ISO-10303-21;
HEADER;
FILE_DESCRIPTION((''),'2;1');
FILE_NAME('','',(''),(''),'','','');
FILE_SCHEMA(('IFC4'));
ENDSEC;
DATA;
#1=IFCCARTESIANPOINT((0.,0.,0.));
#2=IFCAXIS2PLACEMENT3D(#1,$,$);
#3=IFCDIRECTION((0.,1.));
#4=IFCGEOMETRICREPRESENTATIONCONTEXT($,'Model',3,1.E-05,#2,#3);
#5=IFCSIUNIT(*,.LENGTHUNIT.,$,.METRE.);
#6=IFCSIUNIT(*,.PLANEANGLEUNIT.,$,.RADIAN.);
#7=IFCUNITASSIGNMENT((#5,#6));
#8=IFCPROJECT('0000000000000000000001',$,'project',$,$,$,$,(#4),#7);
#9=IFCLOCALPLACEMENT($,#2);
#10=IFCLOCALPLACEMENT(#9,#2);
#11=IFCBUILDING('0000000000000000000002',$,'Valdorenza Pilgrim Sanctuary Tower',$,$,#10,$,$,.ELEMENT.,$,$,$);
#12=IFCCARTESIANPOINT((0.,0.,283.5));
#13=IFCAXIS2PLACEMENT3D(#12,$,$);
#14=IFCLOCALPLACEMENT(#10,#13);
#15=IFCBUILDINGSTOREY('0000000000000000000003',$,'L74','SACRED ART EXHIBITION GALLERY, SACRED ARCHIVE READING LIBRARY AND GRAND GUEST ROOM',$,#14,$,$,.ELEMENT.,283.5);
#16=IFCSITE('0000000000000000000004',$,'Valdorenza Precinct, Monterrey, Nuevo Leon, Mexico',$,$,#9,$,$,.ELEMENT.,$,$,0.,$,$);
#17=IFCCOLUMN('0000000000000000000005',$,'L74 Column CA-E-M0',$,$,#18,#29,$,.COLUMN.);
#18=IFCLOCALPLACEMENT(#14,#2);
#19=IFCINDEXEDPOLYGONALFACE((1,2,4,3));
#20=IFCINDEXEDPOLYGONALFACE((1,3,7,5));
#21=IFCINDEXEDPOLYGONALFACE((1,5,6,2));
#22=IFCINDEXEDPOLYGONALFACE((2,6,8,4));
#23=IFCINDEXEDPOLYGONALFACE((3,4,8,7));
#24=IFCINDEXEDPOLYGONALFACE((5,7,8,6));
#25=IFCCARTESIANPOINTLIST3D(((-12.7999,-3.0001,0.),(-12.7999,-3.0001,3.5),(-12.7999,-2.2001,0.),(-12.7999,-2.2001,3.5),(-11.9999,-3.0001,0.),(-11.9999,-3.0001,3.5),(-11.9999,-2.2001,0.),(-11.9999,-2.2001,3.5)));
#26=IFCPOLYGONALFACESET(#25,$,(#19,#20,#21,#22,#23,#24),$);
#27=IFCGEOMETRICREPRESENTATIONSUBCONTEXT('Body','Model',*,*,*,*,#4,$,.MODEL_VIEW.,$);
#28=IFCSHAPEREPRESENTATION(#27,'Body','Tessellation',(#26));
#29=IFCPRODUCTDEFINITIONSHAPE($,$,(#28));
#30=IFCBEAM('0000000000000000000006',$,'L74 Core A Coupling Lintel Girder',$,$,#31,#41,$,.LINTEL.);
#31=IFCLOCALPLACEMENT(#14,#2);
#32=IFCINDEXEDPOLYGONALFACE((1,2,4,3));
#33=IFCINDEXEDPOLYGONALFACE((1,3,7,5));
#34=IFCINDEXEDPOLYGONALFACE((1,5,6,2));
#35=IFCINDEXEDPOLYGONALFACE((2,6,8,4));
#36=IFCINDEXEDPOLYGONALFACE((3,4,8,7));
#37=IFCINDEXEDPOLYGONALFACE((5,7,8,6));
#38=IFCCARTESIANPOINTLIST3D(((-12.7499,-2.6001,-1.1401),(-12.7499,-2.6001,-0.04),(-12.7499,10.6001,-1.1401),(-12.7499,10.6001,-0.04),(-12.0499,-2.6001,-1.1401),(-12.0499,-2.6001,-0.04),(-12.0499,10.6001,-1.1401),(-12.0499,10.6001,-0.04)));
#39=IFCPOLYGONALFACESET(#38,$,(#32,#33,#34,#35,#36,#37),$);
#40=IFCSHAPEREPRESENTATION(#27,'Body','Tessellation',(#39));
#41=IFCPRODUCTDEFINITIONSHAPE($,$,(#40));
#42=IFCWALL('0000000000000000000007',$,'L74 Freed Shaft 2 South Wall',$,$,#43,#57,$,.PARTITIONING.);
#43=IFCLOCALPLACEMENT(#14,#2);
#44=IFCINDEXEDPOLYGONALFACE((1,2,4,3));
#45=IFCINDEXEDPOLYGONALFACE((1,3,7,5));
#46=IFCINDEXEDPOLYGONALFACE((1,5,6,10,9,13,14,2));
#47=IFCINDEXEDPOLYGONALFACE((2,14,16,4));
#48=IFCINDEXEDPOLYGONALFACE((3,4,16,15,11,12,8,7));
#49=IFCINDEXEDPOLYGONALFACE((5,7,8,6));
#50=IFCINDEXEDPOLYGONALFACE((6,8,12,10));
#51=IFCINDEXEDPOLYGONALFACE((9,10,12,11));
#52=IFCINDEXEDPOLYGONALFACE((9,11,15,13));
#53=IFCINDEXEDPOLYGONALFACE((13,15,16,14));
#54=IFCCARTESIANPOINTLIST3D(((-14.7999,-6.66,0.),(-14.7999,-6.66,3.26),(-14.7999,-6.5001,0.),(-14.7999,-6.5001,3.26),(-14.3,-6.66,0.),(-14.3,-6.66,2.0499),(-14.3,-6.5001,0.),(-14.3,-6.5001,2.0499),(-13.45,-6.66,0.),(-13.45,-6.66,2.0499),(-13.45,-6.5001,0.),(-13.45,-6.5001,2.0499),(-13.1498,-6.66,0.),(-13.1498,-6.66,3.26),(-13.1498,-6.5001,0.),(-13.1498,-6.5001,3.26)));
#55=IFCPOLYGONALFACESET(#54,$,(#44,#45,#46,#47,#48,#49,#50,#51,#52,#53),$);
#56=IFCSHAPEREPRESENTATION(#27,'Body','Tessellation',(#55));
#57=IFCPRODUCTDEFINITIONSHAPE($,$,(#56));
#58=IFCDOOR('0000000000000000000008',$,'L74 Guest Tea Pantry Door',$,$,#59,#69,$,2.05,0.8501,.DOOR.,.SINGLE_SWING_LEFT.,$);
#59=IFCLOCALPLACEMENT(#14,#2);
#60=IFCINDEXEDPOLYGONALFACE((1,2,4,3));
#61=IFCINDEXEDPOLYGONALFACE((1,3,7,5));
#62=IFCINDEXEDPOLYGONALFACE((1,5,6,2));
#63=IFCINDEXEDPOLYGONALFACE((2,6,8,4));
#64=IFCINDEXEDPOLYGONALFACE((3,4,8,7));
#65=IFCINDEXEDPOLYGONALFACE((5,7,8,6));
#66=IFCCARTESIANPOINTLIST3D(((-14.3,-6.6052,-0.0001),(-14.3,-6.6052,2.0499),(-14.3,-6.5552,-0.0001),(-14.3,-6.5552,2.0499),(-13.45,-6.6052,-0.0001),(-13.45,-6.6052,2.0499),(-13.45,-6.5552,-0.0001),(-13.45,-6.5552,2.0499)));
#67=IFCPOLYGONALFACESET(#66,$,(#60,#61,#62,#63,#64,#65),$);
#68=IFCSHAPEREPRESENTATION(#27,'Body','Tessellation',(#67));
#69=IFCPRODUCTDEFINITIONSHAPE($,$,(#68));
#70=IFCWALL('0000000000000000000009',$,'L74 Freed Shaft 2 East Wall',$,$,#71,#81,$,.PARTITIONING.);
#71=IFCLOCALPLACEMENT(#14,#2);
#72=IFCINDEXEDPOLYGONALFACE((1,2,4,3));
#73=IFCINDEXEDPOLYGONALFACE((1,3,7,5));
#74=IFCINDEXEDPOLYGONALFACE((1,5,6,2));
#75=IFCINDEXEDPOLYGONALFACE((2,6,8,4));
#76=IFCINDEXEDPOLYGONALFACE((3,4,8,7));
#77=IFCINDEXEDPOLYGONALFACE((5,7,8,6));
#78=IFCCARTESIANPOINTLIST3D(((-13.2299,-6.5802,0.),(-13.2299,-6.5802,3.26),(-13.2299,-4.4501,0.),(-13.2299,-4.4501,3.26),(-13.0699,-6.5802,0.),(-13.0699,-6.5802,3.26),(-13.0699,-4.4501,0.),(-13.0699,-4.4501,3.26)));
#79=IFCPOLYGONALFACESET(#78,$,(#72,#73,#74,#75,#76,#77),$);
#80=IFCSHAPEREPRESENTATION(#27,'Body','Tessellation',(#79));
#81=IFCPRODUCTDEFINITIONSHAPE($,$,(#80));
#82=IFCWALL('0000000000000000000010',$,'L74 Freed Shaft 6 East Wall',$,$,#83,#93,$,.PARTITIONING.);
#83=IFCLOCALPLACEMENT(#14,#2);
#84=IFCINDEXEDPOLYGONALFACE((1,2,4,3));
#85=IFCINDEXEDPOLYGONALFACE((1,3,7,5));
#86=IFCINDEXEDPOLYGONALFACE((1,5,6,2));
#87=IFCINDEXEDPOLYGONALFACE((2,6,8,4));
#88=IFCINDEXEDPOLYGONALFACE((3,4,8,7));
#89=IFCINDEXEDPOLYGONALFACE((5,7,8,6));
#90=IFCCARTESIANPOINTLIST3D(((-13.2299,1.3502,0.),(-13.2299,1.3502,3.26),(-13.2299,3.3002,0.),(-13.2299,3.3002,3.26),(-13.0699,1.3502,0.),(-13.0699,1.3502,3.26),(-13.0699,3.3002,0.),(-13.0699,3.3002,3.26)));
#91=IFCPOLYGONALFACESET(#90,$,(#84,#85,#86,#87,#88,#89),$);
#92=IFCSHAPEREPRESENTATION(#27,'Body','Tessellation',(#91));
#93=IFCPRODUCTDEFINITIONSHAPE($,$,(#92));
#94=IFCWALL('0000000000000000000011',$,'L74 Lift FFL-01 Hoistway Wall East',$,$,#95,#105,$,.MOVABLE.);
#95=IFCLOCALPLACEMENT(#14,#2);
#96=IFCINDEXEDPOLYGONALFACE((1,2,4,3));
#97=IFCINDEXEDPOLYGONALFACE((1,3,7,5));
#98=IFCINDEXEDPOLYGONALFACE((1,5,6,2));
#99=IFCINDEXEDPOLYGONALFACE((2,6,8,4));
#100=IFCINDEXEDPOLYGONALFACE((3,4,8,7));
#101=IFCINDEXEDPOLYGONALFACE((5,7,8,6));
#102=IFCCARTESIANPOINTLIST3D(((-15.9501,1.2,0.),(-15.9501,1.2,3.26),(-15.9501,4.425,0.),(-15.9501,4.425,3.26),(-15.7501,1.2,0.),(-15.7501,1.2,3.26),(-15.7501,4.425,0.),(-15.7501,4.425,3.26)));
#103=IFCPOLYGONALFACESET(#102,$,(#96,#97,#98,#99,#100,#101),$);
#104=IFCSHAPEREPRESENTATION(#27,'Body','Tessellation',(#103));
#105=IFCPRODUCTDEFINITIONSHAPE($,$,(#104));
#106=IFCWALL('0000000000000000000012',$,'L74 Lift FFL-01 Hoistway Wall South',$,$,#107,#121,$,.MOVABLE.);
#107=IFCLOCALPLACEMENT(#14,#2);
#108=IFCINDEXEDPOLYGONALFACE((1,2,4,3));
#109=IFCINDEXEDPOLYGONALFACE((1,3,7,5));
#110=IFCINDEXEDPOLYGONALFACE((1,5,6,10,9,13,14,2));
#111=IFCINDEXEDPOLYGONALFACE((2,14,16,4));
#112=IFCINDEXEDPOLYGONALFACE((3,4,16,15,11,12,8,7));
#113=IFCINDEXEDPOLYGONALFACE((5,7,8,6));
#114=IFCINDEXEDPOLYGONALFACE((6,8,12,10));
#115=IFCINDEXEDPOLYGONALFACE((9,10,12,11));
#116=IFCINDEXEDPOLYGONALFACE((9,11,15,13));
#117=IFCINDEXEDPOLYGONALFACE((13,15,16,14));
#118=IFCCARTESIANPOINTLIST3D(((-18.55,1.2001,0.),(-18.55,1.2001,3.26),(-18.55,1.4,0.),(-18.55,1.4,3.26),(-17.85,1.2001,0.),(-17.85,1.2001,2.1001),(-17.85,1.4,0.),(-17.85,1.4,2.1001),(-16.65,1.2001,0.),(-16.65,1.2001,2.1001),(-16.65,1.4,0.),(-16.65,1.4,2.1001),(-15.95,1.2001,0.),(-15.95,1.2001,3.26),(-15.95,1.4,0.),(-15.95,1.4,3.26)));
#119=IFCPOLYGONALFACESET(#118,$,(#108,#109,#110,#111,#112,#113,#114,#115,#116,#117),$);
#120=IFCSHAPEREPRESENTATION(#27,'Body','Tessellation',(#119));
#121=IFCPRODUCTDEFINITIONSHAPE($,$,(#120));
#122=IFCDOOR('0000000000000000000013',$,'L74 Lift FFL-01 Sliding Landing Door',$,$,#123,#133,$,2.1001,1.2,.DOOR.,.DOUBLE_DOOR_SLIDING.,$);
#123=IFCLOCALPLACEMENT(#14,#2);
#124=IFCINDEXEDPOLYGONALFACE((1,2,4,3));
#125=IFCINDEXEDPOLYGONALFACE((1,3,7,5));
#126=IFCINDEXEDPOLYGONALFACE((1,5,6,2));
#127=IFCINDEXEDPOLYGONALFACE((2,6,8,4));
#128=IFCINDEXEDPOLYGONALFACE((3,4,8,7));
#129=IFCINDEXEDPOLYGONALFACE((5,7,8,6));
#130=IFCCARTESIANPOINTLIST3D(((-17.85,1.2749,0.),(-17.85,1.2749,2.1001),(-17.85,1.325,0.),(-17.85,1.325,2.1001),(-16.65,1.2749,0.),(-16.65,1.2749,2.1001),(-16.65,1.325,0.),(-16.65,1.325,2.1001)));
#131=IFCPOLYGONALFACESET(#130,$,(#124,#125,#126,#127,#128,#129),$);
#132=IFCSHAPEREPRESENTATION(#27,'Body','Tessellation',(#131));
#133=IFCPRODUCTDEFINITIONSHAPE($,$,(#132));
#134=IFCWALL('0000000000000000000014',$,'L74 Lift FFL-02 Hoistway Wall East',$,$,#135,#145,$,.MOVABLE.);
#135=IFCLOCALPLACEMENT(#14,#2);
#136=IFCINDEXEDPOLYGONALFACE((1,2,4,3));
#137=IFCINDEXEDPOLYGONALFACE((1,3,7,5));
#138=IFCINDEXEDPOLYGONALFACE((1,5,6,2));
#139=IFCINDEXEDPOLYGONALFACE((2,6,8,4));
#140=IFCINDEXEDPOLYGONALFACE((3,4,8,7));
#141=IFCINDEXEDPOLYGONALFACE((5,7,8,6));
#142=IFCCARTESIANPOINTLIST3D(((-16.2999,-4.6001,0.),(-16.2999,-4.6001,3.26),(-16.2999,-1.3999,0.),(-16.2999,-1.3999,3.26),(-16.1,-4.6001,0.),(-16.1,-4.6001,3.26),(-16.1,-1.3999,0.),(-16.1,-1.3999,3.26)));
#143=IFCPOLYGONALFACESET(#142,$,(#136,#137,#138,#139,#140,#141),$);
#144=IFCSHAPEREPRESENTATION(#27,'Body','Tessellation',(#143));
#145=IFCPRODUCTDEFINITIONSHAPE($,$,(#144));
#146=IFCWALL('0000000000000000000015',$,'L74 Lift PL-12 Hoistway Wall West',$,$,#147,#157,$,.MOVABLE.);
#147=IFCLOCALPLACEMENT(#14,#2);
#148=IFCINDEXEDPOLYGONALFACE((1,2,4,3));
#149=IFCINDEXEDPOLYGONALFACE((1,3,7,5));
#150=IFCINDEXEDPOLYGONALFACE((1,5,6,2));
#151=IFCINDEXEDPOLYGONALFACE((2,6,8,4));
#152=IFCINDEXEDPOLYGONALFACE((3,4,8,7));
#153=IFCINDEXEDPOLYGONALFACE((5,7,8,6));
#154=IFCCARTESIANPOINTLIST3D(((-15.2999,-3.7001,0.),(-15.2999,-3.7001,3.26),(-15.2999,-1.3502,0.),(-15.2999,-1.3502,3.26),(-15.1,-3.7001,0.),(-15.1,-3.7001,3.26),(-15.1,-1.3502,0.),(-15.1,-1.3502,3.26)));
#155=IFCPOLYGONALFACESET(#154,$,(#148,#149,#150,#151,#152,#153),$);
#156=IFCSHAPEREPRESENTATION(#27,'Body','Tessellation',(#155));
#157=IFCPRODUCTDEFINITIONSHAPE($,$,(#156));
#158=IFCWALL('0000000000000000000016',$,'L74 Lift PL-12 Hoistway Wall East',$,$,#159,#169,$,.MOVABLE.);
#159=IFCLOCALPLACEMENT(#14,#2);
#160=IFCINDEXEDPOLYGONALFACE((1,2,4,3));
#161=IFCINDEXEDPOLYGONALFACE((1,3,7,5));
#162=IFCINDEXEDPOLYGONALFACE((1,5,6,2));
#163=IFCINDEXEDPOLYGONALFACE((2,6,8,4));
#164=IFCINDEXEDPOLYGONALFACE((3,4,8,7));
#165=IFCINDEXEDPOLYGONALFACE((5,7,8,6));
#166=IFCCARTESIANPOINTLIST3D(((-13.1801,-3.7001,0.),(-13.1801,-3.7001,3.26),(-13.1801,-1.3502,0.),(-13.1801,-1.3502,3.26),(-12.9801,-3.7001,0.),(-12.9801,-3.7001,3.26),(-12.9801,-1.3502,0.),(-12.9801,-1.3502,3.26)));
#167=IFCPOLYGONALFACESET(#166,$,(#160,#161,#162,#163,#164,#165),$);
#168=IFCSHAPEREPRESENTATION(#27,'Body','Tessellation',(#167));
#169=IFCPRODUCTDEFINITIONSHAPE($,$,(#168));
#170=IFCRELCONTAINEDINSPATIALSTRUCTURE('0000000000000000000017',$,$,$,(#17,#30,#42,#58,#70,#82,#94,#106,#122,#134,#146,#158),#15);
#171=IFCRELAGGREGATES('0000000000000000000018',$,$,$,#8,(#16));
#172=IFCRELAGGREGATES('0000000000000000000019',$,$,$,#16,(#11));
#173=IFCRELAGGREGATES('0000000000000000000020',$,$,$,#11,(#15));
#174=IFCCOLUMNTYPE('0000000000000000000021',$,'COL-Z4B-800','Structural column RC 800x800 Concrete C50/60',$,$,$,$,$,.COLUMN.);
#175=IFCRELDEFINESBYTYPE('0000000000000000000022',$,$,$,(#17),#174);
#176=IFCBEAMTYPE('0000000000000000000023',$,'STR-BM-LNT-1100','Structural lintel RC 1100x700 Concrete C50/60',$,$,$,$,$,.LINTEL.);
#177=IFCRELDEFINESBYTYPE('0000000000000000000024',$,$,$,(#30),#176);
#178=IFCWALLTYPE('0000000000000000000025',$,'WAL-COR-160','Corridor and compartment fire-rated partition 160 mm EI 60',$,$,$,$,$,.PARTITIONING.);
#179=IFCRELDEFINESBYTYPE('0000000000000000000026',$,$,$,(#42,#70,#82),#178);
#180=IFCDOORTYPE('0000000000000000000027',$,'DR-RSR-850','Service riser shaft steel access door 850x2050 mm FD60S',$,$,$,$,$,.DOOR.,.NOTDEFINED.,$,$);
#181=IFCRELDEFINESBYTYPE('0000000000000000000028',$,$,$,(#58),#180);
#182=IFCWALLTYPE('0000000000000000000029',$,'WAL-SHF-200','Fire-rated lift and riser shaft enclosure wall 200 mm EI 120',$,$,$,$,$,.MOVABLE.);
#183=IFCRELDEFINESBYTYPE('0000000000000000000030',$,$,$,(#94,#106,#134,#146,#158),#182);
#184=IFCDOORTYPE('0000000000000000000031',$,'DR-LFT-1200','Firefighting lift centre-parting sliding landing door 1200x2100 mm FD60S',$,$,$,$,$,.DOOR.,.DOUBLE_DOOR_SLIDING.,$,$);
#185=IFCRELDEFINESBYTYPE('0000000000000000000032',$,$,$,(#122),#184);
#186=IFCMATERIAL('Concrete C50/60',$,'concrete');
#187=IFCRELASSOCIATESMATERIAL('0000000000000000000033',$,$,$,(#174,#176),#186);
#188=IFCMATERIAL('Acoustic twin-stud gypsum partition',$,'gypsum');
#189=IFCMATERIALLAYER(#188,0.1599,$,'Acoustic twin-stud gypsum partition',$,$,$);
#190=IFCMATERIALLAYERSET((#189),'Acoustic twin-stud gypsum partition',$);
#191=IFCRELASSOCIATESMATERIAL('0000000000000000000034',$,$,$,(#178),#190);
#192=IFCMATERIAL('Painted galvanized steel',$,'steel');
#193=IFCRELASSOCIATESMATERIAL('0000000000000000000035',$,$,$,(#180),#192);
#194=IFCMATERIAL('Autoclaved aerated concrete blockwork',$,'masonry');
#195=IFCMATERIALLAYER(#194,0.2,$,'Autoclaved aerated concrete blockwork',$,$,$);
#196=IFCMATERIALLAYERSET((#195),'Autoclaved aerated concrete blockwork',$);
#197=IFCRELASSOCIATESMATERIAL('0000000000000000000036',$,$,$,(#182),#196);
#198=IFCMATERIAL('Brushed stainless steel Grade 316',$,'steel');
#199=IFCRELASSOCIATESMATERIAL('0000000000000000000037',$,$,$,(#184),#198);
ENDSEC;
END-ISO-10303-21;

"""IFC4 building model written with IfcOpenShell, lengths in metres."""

from ifc_helpers import new_model, si_unit, direction, frame, frame_2d, origin, origin_2d, place, context, subcontext, project, spatial, rectangle, extrude, source, transform, mapped, material, layer, layer_set, material_profile, profile_set, type_object, element, fill, save


model = new_model("IFC4")

# Units and contexts
model_context = context("Model", 3, precision=1e-05, world=origin(), true_north=direction((0.0, 1.0)))
body_context = subcontext(model_context, "Body", "Model", "MODEL_VIEW")
ifc_project = project(units=[si_unit("LENGTHUNIT", "METRE"), si_unit("PLANEANGLEUNIT", "RADIAN")], contexts=[model_context])

# Site, building, storey
site_placement = place(None, origin())
site = spatial("IfcSite", under=ifc_project, at=site_placement, Name="Valdorenza Precinct, Monterrey, Nuevo Leon, Mexico", CompositionType="ELEMENT", RefElevation=0.0)
building_placement = place(site_placement, origin())
building = spatial("IfcBuilding", under=site, at=building_placement, Name="Valdorenza Pilgrim Sanctuary Tower", CompositionType="ELEMENT")
storey_placement = place(building_placement, frame((0.0, 0.0, 283.5)))
storey = spatial("IfcBuildingStorey", under=building, at=storey_placement, Name="L74", Description="SACRED ART EXHIBITION GALLERY, SACRED ARCHIVE READING LIBRARY AND GRAND GUEST ROOM", CompositionType="ELEMENT", Elevation=283.5)

# Column
ifc_material_1 = material(Name="Concrete C50/60", Category="concrete")
ifc_material_profile_1 = material_profile(ifc_material_1, rectangle(XDim=0.8, YDim=0.8, at=origin_2d()), Name="RC 800x800")
ifc_profile_set_1 = profile_set([ifc_material_profile_1], Name="Concrete C50/60")
column_type = type_object("IfcColumnType", Name="COL-Z4B-800", Description="Structural column RC 800x800 Concrete C50/60", PredefinedType="COLUMN", material=ifc_profile_set_1)
shared_shape_1 = source(origin(), body_context, "Body", "SweptSolid", [
    extrude(rectangle(XDim=0.8, YDim=0.8, at=origin_2d()), origin(), (0.0, 0.0, 1.0), 3.5),
])
column_placement = place(storey_placement, frame((-12.3999, -2.6001, 0.0), z_axis=(0.0, 0.0, 1.0), x_axis=(1.0, 0.0, 0.0)))
element("IfcColumn", 1, at=column_placement, inside=storey, type_object=column_type, Name="L74 Column CA-E-M0", PredefinedType="COLUMN", context=body_context, shape_type="MappedRepresentation", body=[
    mapped(shared_shape_1, transform((0.0, 0.0, 0.0), x_axis=(1.0, 0.0, 0.0), y_axis=(0.0, 1.0, 0.0), z_axis=(0.0, 0.0, 1.0), scale=1.0)),
])

# Beam
ifc_material_profile_2 = material_profile(ifc_material_1, rectangle(XDim=0.7, YDim=1.1001, at=origin_2d()), Name="RC 1100x700")
ifc_profile_set_2 = profile_set([ifc_material_profile_2], Name="Concrete C50/60")
beam_type = type_object("IfcBeamType", Name="STR-BM-LNT-1100", Description="Structural lintel RC 1100x700 Concrete C50/60", PredefinedType="LINTEL", material=ifc_profile_set_2)
shared_shape_2 = source(origin(), body_context, "Body", "SweptSolid", [
    extrude(rectangle(XDim=0.7, YDim=1.1001, at=origin_2d()), origin(), (0.0, 0.0, 1.0), 13.2002),
])
beam_placement = place(storey_placement, frame((-12.3999, -2.6001, -0.5901), z_axis=(0.0, 1.0, 0.0), x_axis=(-1.0, 0.0, 0.0)))
element("IfcBeam", 2, at=beam_placement, inside=storey, type_object=beam_type, Name="L74 Core A Coupling Lintel Girder", PredefinedType="LINTEL", context=body_context, shape_type="MappedRepresentation", body=[
    mapped(shared_shape_2, transform((0.0, 0.0, 0.0), x_axis=(1.0, 0.0, 0.0), y_axis=(0.0, 1.0, 0.0), z_axis=(0.0, 0.0, 1.0), scale=1.0)),
])

# Wall, opening, door
ifc_material_2 = material(Name="Acoustic twin-stud gypsum partition", Category="gypsum")
ifc_layer_1 = layer(ifc_material_2, 0.1599, Name="Acoustic twin-stud gypsum partition")
ifc_layer_set_1 = layer_set([ifc_layer_1], Name="Acoustic twin-stud gypsum partition")
wall_type_1 = type_object("IfcWallType", Name="WAL-COR-160", Description="Corridor and compartment fire-rated partition 160 mm EI 60", PredefinedType="PARTITIONING", material=ifc_layer_set_1)
wall_1_placement = place(storey_placement, frame((-14.8, -6.5801, 0.0), z_axis=(0.0, 0.0, 1.0), x_axis=(1.0, 0.0, 0.0)))
wall_1 = element("IfcWall", 3, at=wall_1_placement, inside=storey, type_object=wall_type_1, Name="L74 Freed Shaft 2 South Wall", PredefinedType="PARTITIONING", context=body_context, shape_type="SweptSolid", body=[
    extrude(rectangle(XDim=1.6501, YDim=0.1599, at=frame_2d((0.8252, 0.0))), origin(), (0.0, 0.0, 1.0), 3.26),
])
opening_1_placement = place(wall_1_placement, frame((0.5, 0.0, 0.0)))
opening_1 = element("IfcOpeningElement", 4, at=opening_1_placement, cuts=wall_1, PredefinedType="OPENING", context=body_context, shape_type="SweptSolid", body=[
    extrude(rectangle(XDim=0.8501, YDim=2.05, at=frame_2d((0.425, 1.0249))), frame((0.0, 0.0947, 0.0), z_axis=(0.0, -1.0, 0.0), x_axis=(1.0, 0.0, 0.0)), (0.0, 0.0, 1.0), 0.1897),
])
ifc_material_3 = material(Name="Painted galvanized steel", Category="steel")
door_type_1 = type_object("IfcDoorType", Name="DR-RSR-850", Description="Service riser shaft steel access door 850x2050 mm FD60S", OperationType="NOTDEFINED", PredefinedType="DOOR", material=ifc_material_3)
door_1_placement = place(opening_1_placement, origin())
door_1 = element("IfcDoor", 5, at=door_1_placement, inside=storey, type_object=door_type_1, Name="L74 Guest Tea Pantry Door", OperationType="SINGLE_SWING_LEFT", OverallHeight=2.05, OverallWidth=0.8501, PredefinedType="DOOR", context=body_context, shape_type="SweptSolid", body=[
    extrude(rectangle(XDim=0.8501, YDim=2.05, at=frame_2d((0.425, 1.0249))), frame((0.0, 0.0249, 0.0), z_axis=(0.0, -1.0, 0.0), x_axis=(1.0, 0.0, 0.0)), (0.0, 0.0, 1.0), 0.05),
])
fill(opening_1, door_1)

# Walls
wall_2_placement = place(storey_placement, frame((-13.1499, -6.5801, 0.0), z_axis=(0.0, 0.0, 1.0), x_axis=(0.0, 1.0, 0.0)))
element("IfcWall", 6, at=wall_2_placement, inside=storey, type_object=wall_type_1, Name="L74 Freed Shaft 2 East Wall", PredefinedType="PARTITIONING", context=body_context, shape_type="SweptSolid", body=[
    extrude(rectangle(XDim=2.1301, YDim=0.1599, at=frame_2d((1.0649, 0.0))), origin(), (0.0, 0.0, 1.0), 3.26),
])
wall_3_placement = place(storey_placement, frame((-13.1499, 1.3501, 0.0), z_axis=(0.0, 0.0, 1.0), x_axis=(0.0, 1.0, 0.0)))
element("IfcWall", 7, at=wall_3_placement, inside=storey, type_object=wall_type_1, Name="L74 Freed Shaft 6 East Wall", PredefinedType="PARTITIONING", context=body_context, shape_type="SweptSolid", body=[
    extrude(rectangle(XDim=1.95, YDim=0.1599, at=frame_2d((0.9751, 0.0))), origin(), (0.0, 0.0, 1.0), 3.26),
])

# Wall
ifc_material_4 = material(Name="Autoclaved aerated concrete blockwork", Category="masonry")
ifc_layer_2 = layer(ifc_material_4, 0.2, Name="Autoclaved aerated concrete blockwork")
ifc_layer_set_2 = layer_set([ifc_layer_2], Name="Autoclaved aerated concrete blockwork")
wall_type_2 = type_object("IfcWallType", Name="WAL-SHF-200", Description="Fire-rated lift and riser shaft enclosure wall 200 mm EI 120", PredefinedType="MOVABLE", material=ifc_layer_set_2)
wall_4_placement = place(storey_placement, frame((-15.8501, 1.2, 0.0), z_axis=(0.0, 0.0, 1.0), x_axis=(0.0, 1.0, 0.0)))
element("IfcWall", 8, at=wall_4_placement, inside=storey, type_object=wall_type_2, Name="L74 Lift FFL-01 Hoistway Wall East", PredefinedType="MOVABLE", context=body_context, shape_type="SweptSolid", body=[
    extrude(rectangle(XDim=3.2251, YDim=0.2, at=frame_2d((1.6125, 0.0))), origin(), (0.0, 0.0, 1.0), 3.26),
])

# Wall, opening, door
wall_5_placement = place(storey_placement, frame((-18.55, 1.3, 0.0), z_axis=(0.0, 0.0, 1.0), x_axis=(1.0, 0.0, 0.0)))
wall_5 = element("IfcWall", 9, at=wall_5_placement, inside=storey, type_object=wall_type_2, Name="L74 Lift FFL-01 Hoistway Wall South", PredefinedType="MOVABLE", context=body_context, shape_type="SweptSolid", body=[
    extrude(rectangle(XDim=2.6001, YDim=0.2, at=frame_2d((1.3, 0.0))), origin(), (0.0, 0.0, 1.0), 3.26),
])
opening_2_placement = place(wall_5_placement, frame((0.7, 0.0, 0.0)))
opening_2 = element("IfcOpeningElement", 10, at=opening_2_placement, cuts=wall_5, PredefinedType="OPENING", context=body_context, shape_type="SweptSolid", body=[
    extrude(rectangle(XDim=1.2, YDim=2.1001, at=frame_2d((0.6001, 1.05))), frame((0.0, 0.1147, 0.0), z_axis=(0.0, -1.0, 0.0), x_axis=(1.0, 0.0, 0.0)), (0.0, 0.0, 1.0), 0.2297),
])
ifc_material_5 = material(Name="Brushed stainless steel Grade 316", Category="steel")
door_type_2 = type_object("IfcDoorType", Name="DR-LFT-1200", Description="Firefighting lift centre-parting sliding landing door 1200x2100 mm FD60S", OperationType="DOUBLE_DOOR_SLIDING", PredefinedType="DOOR", material=ifc_material_5)
door_2_placement = place(opening_2_placement, origin())
door_2 = element("IfcDoor", 11, at=door_2_placement, inside=storey, type_object=door_type_2, Name="L74 Lift FFL-01 Sliding Landing Door", OperationType="DOUBLE_DOOR_SLIDING", OverallHeight=2.1001, OverallWidth=1.2, PredefinedType="DOOR", context=body_context, shape_type="SweptSolid", body=[
    extrude(rectangle(XDim=1.2, YDim=2.1001, at=frame_2d((0.6001, 1.05))), frame((0.0, 0.0249, 0.0), z_axis=(0.0, -1.0, 0.0), x_axis=(1.0, 0.0, 0.0)), (0.0, 0.0, 1.0), 0.05),
])
fill(opening_2, door_2)

# Walls
wall_6_placement = place(storey_placement, frame((-16.2, -4.6001, 0.0), z_axis=(0.0, 0.0, 1.0), x_axis=(0.0, 1.0, 0.0)))
element("IfcWall", 12, at=wall_6_placement, inside=storey, type_object=wall_type_2, Name="L74 Lift FFL-02 Hoistway Wall East", PredefinedType="MOVABLE", context=body_context, shape_type="SweptSolid", body=[
    extrude(rectangle(XDim=3.2002, YDim=0.2, at=frame_2d((1.6001, 0.0))), origin(), (0.0, 0.0, 1.0), 3.26),
])
for number, where, z_axis, x_axis, name in (
    (13, (-15.2, -3.7, 0.0), (0.0, 0.0, 1.0), (0.0, 1.0, 0.0), "L74 Lift PL-12 Hoistway Wall West"),
    (14, (-13.0801, -3.7, 0.0), (0.0, 0.0, 1.0), (0.0, 1.0, 0.0), "L74 Lift PL-12 Hoistway Wall East"),
):
    element("IfcWall", number, at=place(storey_placement, frame(where, z_axis=z_axis, x_axis=x_axis)), inside=storey, type_object=wall_type_2, Name=name, PredefinedType="MOVABLE", context=body_context, shape_type="SweptSolid", body=[
        extrude(rectangle(XDim=2.3499, YDim=0.2, at=frame_2d((1.1748, 0.0))), origin(), (0.0, 0.0, 1.0), 3.26),
    ])

save(model, "model.ifc")
